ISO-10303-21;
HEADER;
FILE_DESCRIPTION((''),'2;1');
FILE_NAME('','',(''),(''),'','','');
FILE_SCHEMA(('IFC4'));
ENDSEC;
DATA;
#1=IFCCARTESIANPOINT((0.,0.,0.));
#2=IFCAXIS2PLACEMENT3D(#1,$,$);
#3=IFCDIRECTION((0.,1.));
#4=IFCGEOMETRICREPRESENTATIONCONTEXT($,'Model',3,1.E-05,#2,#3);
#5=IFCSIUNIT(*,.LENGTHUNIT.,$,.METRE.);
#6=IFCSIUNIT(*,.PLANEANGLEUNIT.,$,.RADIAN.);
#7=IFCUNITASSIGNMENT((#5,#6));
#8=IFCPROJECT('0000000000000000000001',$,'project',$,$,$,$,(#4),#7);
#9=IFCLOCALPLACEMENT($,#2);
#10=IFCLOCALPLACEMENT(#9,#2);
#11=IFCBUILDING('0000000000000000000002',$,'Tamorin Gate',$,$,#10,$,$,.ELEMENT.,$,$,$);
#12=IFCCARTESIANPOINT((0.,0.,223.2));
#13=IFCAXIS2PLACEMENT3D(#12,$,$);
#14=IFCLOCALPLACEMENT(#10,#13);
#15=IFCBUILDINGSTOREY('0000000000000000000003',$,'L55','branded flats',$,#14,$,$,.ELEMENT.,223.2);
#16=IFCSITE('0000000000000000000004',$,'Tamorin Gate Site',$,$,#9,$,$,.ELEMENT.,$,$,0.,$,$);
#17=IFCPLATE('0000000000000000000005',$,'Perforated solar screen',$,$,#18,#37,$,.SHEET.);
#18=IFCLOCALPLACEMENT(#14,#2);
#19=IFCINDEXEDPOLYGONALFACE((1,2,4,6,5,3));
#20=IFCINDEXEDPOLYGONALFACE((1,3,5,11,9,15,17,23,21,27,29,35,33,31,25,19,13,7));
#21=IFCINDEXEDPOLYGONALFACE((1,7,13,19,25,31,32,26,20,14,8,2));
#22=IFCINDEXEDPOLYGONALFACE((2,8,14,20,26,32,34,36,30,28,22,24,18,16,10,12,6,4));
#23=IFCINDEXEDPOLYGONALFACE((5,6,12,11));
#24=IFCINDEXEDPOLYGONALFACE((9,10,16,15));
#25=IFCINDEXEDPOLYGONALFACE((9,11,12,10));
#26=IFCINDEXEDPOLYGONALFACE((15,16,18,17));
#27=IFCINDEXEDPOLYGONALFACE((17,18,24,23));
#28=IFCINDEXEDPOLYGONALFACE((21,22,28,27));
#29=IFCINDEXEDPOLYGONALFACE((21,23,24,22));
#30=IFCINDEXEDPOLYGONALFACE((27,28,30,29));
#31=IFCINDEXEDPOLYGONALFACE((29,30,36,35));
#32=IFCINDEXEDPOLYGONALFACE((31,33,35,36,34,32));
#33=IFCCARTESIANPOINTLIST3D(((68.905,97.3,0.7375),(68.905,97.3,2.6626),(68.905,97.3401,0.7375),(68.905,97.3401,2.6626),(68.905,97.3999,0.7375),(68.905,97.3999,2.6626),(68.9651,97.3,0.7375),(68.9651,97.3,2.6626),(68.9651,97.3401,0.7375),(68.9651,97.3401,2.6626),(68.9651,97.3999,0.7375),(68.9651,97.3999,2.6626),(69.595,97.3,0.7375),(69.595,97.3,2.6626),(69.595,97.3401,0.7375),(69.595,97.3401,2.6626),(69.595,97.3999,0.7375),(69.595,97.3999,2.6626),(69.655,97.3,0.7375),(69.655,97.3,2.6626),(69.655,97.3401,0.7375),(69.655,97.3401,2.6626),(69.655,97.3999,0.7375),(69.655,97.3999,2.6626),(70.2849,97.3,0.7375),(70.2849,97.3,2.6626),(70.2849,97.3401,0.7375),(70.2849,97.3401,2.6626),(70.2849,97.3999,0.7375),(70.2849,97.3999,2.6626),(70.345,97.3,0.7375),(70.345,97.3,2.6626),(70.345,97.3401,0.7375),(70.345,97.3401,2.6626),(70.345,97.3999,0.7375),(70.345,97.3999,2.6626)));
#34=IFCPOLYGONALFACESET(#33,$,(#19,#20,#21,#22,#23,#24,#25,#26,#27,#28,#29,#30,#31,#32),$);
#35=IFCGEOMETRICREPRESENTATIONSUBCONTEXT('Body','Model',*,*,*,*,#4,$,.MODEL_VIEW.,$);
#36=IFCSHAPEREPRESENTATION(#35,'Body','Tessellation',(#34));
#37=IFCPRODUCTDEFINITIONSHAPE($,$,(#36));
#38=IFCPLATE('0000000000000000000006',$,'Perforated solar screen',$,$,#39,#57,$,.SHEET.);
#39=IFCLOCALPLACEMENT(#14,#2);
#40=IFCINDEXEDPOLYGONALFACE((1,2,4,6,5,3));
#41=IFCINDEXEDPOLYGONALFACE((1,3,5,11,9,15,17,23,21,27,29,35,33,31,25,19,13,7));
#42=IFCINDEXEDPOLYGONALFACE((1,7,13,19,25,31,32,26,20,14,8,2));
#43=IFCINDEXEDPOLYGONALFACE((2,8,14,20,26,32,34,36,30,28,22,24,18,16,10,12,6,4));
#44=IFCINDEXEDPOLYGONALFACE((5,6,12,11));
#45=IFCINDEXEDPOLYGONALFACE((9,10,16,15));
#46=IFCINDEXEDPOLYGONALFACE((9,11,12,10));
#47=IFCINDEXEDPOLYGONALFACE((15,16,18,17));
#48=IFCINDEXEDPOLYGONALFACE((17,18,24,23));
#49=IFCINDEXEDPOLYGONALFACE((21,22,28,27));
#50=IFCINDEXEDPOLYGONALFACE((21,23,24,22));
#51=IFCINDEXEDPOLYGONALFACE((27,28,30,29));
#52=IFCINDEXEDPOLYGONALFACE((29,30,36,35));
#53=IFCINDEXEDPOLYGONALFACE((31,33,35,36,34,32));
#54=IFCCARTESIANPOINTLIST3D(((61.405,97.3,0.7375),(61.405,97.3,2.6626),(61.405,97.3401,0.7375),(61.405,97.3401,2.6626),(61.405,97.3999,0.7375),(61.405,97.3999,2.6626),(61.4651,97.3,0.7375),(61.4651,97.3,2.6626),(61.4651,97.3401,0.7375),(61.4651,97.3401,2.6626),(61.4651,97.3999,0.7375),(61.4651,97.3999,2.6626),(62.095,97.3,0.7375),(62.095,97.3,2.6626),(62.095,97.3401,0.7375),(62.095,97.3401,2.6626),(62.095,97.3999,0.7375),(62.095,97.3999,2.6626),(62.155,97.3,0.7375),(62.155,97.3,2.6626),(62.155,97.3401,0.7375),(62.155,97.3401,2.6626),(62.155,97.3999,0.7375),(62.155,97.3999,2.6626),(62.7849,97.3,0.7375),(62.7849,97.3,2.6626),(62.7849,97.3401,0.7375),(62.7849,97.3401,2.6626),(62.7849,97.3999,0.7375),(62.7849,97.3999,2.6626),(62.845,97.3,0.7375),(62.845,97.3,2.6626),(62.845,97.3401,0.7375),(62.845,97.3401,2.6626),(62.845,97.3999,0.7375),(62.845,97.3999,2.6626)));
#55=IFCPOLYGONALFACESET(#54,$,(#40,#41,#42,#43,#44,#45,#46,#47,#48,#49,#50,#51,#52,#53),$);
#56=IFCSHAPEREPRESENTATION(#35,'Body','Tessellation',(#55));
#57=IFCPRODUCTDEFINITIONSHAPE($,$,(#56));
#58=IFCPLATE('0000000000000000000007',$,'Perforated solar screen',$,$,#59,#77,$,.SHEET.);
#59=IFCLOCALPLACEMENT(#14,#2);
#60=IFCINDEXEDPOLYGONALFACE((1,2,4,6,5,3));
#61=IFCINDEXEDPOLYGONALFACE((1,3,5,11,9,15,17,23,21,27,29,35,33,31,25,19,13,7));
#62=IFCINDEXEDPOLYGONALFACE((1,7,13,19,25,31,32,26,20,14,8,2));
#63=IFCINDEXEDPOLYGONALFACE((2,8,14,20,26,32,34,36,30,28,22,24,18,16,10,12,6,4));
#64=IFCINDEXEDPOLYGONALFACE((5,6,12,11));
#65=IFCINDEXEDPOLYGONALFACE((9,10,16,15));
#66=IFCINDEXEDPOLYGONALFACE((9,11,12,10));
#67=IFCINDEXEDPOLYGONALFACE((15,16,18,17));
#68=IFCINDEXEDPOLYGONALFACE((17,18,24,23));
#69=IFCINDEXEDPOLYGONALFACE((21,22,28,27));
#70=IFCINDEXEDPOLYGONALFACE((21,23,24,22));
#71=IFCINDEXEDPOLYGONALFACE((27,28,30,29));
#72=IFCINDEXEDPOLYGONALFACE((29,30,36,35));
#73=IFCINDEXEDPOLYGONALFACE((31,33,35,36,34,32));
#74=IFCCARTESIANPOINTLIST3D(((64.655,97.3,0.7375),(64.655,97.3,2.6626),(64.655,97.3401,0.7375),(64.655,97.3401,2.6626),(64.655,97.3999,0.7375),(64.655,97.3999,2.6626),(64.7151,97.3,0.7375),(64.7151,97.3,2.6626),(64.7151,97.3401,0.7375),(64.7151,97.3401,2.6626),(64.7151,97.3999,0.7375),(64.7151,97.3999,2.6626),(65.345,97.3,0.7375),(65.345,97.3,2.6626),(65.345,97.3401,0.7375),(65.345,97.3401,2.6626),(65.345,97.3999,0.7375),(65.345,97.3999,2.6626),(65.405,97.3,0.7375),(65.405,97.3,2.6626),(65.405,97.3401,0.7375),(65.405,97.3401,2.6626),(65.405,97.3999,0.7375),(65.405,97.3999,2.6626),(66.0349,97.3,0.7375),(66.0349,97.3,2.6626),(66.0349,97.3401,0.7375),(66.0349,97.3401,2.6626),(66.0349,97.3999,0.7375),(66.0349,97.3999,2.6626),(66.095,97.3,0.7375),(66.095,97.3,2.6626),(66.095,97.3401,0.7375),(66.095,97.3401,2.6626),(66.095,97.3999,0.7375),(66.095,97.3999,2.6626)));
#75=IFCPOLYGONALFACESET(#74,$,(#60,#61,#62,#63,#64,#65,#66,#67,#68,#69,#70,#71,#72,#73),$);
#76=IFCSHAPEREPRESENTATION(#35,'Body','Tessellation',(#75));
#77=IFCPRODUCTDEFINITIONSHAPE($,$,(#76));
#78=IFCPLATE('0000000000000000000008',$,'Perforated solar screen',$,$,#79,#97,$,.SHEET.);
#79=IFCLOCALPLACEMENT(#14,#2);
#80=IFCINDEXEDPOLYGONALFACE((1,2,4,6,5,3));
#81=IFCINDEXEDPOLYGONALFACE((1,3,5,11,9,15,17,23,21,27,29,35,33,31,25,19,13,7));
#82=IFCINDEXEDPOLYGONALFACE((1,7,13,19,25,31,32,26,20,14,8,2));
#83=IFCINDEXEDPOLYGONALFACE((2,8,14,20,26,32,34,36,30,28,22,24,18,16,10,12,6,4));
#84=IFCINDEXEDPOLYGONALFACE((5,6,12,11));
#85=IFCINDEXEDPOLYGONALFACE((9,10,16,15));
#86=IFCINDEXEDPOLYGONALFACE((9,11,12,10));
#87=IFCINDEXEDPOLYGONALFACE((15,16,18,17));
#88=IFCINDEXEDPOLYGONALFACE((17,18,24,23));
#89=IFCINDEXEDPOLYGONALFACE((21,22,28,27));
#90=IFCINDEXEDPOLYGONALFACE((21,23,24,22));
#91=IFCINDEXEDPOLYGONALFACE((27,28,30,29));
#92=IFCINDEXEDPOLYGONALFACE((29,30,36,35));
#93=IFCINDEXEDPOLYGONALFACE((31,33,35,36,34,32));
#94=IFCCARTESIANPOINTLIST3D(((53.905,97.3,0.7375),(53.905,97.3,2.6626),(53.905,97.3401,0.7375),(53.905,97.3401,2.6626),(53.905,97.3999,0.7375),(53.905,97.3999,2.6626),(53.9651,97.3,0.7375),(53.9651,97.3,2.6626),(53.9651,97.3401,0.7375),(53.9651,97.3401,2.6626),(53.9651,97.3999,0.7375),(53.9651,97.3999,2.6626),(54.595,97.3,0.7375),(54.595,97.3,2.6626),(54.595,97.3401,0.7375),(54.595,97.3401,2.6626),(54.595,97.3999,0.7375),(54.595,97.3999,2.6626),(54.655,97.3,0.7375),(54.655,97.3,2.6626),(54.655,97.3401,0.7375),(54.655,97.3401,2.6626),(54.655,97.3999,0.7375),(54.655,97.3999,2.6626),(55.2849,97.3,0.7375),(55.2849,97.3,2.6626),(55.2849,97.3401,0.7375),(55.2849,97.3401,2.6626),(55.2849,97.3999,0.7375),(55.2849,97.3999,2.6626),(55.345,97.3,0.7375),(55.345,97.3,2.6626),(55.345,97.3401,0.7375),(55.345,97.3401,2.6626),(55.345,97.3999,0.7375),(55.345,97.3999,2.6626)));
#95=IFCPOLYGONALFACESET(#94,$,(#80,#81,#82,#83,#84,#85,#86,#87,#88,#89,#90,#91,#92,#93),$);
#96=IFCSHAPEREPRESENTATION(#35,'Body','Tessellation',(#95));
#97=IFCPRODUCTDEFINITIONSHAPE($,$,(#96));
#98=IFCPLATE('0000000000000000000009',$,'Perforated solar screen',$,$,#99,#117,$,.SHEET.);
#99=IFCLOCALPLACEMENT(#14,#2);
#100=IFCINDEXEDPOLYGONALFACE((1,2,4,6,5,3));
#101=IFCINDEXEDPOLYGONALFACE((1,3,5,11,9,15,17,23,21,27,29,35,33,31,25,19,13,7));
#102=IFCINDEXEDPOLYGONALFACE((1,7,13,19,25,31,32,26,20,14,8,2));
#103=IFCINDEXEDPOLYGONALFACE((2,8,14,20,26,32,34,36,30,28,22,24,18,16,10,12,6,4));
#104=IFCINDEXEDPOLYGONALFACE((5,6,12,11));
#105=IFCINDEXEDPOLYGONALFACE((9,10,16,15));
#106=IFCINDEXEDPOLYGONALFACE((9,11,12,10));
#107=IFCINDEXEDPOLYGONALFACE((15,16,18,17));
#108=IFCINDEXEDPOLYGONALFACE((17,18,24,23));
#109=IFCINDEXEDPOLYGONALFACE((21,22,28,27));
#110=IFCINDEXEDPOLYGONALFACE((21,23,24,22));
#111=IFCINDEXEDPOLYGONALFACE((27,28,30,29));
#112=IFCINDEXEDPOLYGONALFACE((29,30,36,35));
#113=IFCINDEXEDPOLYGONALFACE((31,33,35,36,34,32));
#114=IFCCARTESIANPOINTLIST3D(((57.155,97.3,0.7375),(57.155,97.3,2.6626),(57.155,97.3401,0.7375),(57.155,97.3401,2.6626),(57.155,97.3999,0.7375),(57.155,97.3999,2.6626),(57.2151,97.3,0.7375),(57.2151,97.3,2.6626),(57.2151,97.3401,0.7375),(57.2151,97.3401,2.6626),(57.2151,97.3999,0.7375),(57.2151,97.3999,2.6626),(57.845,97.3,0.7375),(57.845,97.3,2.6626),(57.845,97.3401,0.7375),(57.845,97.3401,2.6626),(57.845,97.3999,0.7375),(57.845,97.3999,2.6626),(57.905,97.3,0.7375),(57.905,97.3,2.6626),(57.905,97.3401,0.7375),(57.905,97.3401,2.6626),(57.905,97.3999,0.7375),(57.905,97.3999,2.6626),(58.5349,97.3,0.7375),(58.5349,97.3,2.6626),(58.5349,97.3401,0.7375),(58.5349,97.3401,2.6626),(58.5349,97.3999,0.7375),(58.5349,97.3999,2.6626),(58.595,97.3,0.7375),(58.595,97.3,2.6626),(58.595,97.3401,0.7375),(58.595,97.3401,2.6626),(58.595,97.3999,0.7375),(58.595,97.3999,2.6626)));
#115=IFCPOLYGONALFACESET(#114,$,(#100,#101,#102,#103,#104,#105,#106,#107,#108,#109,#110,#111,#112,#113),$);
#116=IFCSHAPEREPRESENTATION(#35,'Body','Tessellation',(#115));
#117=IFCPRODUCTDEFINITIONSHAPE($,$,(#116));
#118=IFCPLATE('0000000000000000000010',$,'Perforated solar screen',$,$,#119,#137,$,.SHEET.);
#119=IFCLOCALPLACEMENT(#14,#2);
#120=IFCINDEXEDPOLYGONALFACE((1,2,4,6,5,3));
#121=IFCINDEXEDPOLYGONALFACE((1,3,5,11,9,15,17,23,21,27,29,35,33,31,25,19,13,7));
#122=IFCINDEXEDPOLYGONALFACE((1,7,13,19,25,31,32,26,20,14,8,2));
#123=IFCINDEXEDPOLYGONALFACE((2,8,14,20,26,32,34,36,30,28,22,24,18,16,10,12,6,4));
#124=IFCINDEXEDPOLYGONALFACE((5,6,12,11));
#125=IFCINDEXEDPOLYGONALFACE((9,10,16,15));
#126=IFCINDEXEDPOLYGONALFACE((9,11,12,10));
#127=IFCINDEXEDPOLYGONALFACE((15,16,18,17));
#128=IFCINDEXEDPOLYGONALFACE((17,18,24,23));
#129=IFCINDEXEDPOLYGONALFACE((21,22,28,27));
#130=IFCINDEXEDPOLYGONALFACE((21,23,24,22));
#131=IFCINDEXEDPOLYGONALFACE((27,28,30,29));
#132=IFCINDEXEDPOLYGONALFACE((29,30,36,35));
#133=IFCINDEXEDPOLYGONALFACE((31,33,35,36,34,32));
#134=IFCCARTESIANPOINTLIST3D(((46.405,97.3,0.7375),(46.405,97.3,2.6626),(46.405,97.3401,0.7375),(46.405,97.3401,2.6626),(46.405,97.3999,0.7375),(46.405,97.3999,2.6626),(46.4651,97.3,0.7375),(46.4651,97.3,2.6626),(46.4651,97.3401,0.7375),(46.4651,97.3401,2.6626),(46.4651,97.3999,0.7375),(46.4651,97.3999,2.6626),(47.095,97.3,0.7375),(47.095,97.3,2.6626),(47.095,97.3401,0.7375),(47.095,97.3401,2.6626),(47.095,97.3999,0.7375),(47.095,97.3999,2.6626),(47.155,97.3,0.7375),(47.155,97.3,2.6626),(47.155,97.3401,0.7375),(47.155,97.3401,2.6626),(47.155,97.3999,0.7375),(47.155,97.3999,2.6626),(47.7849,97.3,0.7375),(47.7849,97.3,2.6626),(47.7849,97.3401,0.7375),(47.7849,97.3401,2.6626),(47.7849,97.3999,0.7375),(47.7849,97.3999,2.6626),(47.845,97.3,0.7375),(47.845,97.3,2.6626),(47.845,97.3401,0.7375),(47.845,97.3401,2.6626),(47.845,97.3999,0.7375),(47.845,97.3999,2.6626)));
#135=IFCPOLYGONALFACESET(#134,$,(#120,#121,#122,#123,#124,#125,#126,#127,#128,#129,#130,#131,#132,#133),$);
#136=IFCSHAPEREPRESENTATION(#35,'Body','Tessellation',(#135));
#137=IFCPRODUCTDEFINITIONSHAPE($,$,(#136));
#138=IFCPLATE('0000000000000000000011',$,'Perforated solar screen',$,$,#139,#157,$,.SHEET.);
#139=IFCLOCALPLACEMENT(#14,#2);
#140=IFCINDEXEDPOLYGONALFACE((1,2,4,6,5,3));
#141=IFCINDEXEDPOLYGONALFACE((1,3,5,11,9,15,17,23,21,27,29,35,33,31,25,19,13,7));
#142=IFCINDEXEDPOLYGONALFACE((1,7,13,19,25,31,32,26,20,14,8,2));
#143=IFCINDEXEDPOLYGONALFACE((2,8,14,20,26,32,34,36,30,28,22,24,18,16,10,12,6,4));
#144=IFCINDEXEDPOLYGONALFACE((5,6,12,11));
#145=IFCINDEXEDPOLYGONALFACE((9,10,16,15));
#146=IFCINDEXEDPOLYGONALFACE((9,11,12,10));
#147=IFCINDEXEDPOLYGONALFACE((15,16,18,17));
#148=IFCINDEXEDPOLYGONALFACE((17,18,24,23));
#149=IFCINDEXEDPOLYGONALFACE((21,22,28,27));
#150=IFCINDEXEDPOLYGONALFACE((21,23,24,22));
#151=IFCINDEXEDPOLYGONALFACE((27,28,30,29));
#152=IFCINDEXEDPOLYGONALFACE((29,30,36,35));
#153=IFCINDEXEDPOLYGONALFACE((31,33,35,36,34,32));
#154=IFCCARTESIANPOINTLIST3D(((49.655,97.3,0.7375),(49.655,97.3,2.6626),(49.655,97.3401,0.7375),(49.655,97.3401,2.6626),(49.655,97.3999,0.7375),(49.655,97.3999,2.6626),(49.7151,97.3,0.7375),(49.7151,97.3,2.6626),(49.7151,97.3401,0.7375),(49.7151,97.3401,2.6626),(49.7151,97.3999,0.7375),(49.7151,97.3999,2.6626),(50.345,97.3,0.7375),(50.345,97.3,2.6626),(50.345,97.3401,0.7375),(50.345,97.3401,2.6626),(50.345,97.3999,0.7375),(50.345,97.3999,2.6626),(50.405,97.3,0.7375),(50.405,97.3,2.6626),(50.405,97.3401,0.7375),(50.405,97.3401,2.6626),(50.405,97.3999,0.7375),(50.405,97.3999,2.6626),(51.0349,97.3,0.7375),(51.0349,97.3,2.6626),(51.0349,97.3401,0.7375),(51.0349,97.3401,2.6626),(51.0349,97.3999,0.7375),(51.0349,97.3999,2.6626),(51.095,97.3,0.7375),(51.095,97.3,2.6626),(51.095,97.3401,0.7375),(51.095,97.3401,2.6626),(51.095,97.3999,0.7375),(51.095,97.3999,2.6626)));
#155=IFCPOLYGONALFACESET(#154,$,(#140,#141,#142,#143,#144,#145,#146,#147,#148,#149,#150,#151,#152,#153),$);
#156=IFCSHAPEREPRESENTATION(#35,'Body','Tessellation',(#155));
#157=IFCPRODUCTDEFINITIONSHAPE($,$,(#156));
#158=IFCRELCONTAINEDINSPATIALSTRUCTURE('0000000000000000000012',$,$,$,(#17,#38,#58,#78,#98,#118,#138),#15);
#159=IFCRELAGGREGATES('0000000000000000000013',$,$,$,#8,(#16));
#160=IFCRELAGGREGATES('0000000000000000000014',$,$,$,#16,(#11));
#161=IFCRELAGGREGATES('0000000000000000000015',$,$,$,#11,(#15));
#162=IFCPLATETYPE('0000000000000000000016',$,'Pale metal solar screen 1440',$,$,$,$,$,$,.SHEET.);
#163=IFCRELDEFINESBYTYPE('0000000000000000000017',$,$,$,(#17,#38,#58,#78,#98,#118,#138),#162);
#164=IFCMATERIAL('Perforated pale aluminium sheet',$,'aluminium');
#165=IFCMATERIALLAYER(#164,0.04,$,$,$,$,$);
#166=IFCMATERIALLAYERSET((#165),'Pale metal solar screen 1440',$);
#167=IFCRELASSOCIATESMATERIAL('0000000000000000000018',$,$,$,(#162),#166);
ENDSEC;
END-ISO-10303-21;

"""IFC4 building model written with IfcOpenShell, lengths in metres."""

from ifc_helpers import new_model, si_unit, direction, frame, origin, place, context, subcontext, project, spatial, polyline, outline, extrude, material, layer, layer_set, type_object, element, save


model = new_model("IFC4")

# Units and contexts
model_context = context("Model", 3, precision=1e-05, world=origin(), true_north=direction((0.0, 1.0)))
body_context = subcontext(model_context, "Body", "Model", "MODEL_VIEW")
ifc_project = project(units=[si_unit("LENGTHUNIT", "METRE"), si_unit("PLANEANGLEUNIT", "RADIAN")], contexts=[model_context])

# Site, building, storey
site_placement = place(None, origin())
site = spatial("IfcSite", under=ifc_project, at=site_placement, Name="Tamorin Gate Site", CompositionType="ELEMENT", RefElevation=0.0)
building_placement = place(site_placement, origin())
building = spatial("IfcBuilding", under=site, at=building_placement, Name="Tamorin Gate", CompositionType="ELEMENT")
storey_placement = place(building_placement, frame((0.0, 0.0, 223.2)))
storey = spatial("IfcBuildingStorey", under=building, at=storey_placement, Name="L55", Description="branded flats", CompositionType="ELEMENT", Elevation=223.2)

# Plates
ifc_material_1 = material(Name="Perforated pale aluminium sheet", Category="aluminium")
ifc_layer_1 = layer(ifc_material_1, 0.04)
ifc_layer_set_1 = layer_set([ifc_layer_1], Name="Pale metal solar screen 1440")
plate_type = type_object("IfcPlateType", Name="Pale metal solar screen 1440", PredefinedType="SHEET", material=ifc_layer_set_1)
plate_1_placement = place(storey_placement, frame((0.0, 0.0, 0.7375)))
element("IfcPlate", 1, at=plate_1_placement, inside=storey, type_object=plate_type, Name="Perforated solar screen", PredefinedType="SHEET", context=body_context, shape_type="SweptSolid", body=[
    extrude(outline(polyline([(70.345, 97.3401), (70.345, 97.3), (70.2849, 97.3), (69.655, 97.3), (69.595, 97.3), (68.9651, 97.3), (68.905, 97.3), (68.905, 97.3), (68.905, 97.3401), (68.905, 97.3401), (68.905, 97.3999), (68.9651, 97.3999), (68.9651, 97.3401), (69.595, 97.3401), (69.595, 97.3999), (69.655, 97.3999), (69.655, 97.3401), (70.2849, 97.3401), (70.2849, 97.3999), (70.345, 97.3999), (70.345, 97.3401)])), origin(), (0.0, 0.0, 1.0), 1.925),
])
plate_2_placement = place(storey_placement, frame((0.0, 0.0, 0.7375)))
element("IfcPlate", 2, at=plate_2_placement, inside=storey, type_object=plate_type, Name="Perforated solar screen", PredefinedType="SHEET", context=body_context, shape_type="SweptSolid", body=[
    extrude(outline(polyline([(62.845, 97.3401), (62.845, 97.3), (62.7849, 97.3), (62.155, 97.3), (62.095, 97.3), (61.4651, 97.3), (61.405, 97.3), (61.405, 97.3401), (61.405, 97.3999), (61.4651, 97.3999), (61.4651, 97.3401), (62.095, 97.3401), (62.095, 97.3999), (62.155, 97.3999), (62.155, 97.3401), (62.7849, 97.3401), (62.7849, 97.3999), (62.845, 97.3999), (62.845, 97.3401)])), origin(), (0.0, 0.0, 1.0), 1.925),
])
plate_3_placement = place(storey_placement, frame((0.0, 0.0, 0.7375)))
element("IfcPlate", 3, at=plate_3_placement, inside=storey, type_object=plate_type, Name="Perforated solar screen", PredefinedType="SHEET", context=body_context, shape_type="SweptSolid", body=[
    extrude(outline(polyline([(66.095, 97.3401), (66.095, 97.3), (66.0349, 97.3), (65.405, 97.3), (65.345, 97.3), (64.7151, 97.3), (64.655, 97.3), (64.655, 97.3401), (64.655, 97.3999), (64.7151, 97.3999), (64.7151, 97.3401), (65.345, 97.3401), (65.345, 97.3999), (65.405, 97.3999), (65.405, 97.3401), (66.0349, 97.3401), (66.0349, 97.3999), (66.095, 97.3999), (66.095, 97.3401)])), origin(), (0.0, 0.0, 1.0), 1.925),
])
plate_4_placement = place(storey_placement, frame((0.0, 0.0, 0.7375)))
element("IfcPlate", 4, at=plate_4_placement, inside=storey, type_object=plate_type, Name="Perforated solar screen", PredefinedType="SHEET", context=body_context, shape_type="SweptSolid", body=[
    extrude(outline(polyline([(55.345, 97.3401), (55.345, 97.3), (55.2849, 97.3), (54.655, 97.3), (54.595, 97.3), (53.9651, 97.3), (53.905, 97.3), (53.905, 97.3401), (53.905, 97.3999), (53.9651, 97.3999), (53.9651, 97.3401), (54.595, 97.3401), (54.595, 97.3999), (54.655, 97.3999), (54.655, 97.3401), (55.2849, 97.3401), (55.2849, 97.3999), (55.345, 97.3999), (55.345, 97.3401)])), origin(), (0.0, 0.0, 1.0), 1.925),
])
plate_5_placement = place(storey_placement, frame((0.0, 0.0, 0.7375)))
element("IfcPlate", 5, at=plate_5_placement, inside=storey, type_object=plate_type, Name="Perforated solar screen", PredefinedType="SHEET", context=body_context, shape_type="SweptSolid", body=[
    extrude(outline(polyline([(58.595, 97.3401), (58.595, 97.3), (58.5349, 97.3), (57.905, 97.3), (57.845, 97.3), (57.2151, 97.3), (57.155, 97.3), (57.155, 97.3401), (57.155, 97.3999), (57.2151, 97.3999), (57.2151, 97.3401), (57.845, 97.3401), (57.845, 97.3999), (57.905, 97.3999), (57.905, 97.3401), (58.5349, 97.3401), (58.5349, 97.3999), (58.595, 97.3999), (58.595, 97.3401)])), origin(), (0.0, 0.0, 1.0), 1.925),
])
plate_6_placement = place(storey_placement, frame((0.0, 0.0, 0.7375)))
element("IfcPlate", 6, at=plate_6_placement, inside=storey, type_object=plate_type, Name="Perforated solar screen", PredefinedType="SHEET", context=body_context, shape_type="SweptSolid", body=[
    extrude(outline(polyline([(47.845, 97.3401), (47.845, 97.3), (47.7849, 97.3), (47.155, 97.3), (47.095, 97.3), (46.4651, 97.3), (46.405, 97.3), (46.405, 97.3401), (46.405, 97.3999), (46.4651, 97.3999), (46.4651, 97.3401), (47.095, 97.3401), (47.095, 97.3999), (47.155, 97.3999), (47.155, 97.3401), (47.7849, 97.3401), (47.7849, 97.3999), (47.845, 97.3999), (47.845, 97.3401)])), origin(), (0.0, 0.0, 1.0), 1.925),
])
plate_7_placement = place(storey_placement, frame((0.0, 0.0, 0.7375)))
element("IfcPlate", 7, at=plate_7_placement, inside=storey, type_object=plate_type, Name="Perforated solar screen", PredefinedType="SHEET", context=body_context, shape_type="SweptSolid", body=[
    extrude(outline(polyline([(51.095, 97.3401), (51.095, 97.3), (51.0349, 97.3), (50.405, 97.3), (50.345, 97.3), (49.7151, 97.3), (49.655, 97.3), (49.655, 97.3401), (49.655, 97.3999), (49.7151, 97.3999), (49.7151, 97.3401), (50.345, 97.3401), (50.345, 97.3999), (50.405, 97.3999), (50.405, 97.3401), (51.0349, 97.3401), (51.0349, 97.3999), (51.095, 97.3999), (51.095, 97.3401)])), origin(), (0.0, 0.0, 1.0), 1.925),
])

save(model, "model.ifc")
